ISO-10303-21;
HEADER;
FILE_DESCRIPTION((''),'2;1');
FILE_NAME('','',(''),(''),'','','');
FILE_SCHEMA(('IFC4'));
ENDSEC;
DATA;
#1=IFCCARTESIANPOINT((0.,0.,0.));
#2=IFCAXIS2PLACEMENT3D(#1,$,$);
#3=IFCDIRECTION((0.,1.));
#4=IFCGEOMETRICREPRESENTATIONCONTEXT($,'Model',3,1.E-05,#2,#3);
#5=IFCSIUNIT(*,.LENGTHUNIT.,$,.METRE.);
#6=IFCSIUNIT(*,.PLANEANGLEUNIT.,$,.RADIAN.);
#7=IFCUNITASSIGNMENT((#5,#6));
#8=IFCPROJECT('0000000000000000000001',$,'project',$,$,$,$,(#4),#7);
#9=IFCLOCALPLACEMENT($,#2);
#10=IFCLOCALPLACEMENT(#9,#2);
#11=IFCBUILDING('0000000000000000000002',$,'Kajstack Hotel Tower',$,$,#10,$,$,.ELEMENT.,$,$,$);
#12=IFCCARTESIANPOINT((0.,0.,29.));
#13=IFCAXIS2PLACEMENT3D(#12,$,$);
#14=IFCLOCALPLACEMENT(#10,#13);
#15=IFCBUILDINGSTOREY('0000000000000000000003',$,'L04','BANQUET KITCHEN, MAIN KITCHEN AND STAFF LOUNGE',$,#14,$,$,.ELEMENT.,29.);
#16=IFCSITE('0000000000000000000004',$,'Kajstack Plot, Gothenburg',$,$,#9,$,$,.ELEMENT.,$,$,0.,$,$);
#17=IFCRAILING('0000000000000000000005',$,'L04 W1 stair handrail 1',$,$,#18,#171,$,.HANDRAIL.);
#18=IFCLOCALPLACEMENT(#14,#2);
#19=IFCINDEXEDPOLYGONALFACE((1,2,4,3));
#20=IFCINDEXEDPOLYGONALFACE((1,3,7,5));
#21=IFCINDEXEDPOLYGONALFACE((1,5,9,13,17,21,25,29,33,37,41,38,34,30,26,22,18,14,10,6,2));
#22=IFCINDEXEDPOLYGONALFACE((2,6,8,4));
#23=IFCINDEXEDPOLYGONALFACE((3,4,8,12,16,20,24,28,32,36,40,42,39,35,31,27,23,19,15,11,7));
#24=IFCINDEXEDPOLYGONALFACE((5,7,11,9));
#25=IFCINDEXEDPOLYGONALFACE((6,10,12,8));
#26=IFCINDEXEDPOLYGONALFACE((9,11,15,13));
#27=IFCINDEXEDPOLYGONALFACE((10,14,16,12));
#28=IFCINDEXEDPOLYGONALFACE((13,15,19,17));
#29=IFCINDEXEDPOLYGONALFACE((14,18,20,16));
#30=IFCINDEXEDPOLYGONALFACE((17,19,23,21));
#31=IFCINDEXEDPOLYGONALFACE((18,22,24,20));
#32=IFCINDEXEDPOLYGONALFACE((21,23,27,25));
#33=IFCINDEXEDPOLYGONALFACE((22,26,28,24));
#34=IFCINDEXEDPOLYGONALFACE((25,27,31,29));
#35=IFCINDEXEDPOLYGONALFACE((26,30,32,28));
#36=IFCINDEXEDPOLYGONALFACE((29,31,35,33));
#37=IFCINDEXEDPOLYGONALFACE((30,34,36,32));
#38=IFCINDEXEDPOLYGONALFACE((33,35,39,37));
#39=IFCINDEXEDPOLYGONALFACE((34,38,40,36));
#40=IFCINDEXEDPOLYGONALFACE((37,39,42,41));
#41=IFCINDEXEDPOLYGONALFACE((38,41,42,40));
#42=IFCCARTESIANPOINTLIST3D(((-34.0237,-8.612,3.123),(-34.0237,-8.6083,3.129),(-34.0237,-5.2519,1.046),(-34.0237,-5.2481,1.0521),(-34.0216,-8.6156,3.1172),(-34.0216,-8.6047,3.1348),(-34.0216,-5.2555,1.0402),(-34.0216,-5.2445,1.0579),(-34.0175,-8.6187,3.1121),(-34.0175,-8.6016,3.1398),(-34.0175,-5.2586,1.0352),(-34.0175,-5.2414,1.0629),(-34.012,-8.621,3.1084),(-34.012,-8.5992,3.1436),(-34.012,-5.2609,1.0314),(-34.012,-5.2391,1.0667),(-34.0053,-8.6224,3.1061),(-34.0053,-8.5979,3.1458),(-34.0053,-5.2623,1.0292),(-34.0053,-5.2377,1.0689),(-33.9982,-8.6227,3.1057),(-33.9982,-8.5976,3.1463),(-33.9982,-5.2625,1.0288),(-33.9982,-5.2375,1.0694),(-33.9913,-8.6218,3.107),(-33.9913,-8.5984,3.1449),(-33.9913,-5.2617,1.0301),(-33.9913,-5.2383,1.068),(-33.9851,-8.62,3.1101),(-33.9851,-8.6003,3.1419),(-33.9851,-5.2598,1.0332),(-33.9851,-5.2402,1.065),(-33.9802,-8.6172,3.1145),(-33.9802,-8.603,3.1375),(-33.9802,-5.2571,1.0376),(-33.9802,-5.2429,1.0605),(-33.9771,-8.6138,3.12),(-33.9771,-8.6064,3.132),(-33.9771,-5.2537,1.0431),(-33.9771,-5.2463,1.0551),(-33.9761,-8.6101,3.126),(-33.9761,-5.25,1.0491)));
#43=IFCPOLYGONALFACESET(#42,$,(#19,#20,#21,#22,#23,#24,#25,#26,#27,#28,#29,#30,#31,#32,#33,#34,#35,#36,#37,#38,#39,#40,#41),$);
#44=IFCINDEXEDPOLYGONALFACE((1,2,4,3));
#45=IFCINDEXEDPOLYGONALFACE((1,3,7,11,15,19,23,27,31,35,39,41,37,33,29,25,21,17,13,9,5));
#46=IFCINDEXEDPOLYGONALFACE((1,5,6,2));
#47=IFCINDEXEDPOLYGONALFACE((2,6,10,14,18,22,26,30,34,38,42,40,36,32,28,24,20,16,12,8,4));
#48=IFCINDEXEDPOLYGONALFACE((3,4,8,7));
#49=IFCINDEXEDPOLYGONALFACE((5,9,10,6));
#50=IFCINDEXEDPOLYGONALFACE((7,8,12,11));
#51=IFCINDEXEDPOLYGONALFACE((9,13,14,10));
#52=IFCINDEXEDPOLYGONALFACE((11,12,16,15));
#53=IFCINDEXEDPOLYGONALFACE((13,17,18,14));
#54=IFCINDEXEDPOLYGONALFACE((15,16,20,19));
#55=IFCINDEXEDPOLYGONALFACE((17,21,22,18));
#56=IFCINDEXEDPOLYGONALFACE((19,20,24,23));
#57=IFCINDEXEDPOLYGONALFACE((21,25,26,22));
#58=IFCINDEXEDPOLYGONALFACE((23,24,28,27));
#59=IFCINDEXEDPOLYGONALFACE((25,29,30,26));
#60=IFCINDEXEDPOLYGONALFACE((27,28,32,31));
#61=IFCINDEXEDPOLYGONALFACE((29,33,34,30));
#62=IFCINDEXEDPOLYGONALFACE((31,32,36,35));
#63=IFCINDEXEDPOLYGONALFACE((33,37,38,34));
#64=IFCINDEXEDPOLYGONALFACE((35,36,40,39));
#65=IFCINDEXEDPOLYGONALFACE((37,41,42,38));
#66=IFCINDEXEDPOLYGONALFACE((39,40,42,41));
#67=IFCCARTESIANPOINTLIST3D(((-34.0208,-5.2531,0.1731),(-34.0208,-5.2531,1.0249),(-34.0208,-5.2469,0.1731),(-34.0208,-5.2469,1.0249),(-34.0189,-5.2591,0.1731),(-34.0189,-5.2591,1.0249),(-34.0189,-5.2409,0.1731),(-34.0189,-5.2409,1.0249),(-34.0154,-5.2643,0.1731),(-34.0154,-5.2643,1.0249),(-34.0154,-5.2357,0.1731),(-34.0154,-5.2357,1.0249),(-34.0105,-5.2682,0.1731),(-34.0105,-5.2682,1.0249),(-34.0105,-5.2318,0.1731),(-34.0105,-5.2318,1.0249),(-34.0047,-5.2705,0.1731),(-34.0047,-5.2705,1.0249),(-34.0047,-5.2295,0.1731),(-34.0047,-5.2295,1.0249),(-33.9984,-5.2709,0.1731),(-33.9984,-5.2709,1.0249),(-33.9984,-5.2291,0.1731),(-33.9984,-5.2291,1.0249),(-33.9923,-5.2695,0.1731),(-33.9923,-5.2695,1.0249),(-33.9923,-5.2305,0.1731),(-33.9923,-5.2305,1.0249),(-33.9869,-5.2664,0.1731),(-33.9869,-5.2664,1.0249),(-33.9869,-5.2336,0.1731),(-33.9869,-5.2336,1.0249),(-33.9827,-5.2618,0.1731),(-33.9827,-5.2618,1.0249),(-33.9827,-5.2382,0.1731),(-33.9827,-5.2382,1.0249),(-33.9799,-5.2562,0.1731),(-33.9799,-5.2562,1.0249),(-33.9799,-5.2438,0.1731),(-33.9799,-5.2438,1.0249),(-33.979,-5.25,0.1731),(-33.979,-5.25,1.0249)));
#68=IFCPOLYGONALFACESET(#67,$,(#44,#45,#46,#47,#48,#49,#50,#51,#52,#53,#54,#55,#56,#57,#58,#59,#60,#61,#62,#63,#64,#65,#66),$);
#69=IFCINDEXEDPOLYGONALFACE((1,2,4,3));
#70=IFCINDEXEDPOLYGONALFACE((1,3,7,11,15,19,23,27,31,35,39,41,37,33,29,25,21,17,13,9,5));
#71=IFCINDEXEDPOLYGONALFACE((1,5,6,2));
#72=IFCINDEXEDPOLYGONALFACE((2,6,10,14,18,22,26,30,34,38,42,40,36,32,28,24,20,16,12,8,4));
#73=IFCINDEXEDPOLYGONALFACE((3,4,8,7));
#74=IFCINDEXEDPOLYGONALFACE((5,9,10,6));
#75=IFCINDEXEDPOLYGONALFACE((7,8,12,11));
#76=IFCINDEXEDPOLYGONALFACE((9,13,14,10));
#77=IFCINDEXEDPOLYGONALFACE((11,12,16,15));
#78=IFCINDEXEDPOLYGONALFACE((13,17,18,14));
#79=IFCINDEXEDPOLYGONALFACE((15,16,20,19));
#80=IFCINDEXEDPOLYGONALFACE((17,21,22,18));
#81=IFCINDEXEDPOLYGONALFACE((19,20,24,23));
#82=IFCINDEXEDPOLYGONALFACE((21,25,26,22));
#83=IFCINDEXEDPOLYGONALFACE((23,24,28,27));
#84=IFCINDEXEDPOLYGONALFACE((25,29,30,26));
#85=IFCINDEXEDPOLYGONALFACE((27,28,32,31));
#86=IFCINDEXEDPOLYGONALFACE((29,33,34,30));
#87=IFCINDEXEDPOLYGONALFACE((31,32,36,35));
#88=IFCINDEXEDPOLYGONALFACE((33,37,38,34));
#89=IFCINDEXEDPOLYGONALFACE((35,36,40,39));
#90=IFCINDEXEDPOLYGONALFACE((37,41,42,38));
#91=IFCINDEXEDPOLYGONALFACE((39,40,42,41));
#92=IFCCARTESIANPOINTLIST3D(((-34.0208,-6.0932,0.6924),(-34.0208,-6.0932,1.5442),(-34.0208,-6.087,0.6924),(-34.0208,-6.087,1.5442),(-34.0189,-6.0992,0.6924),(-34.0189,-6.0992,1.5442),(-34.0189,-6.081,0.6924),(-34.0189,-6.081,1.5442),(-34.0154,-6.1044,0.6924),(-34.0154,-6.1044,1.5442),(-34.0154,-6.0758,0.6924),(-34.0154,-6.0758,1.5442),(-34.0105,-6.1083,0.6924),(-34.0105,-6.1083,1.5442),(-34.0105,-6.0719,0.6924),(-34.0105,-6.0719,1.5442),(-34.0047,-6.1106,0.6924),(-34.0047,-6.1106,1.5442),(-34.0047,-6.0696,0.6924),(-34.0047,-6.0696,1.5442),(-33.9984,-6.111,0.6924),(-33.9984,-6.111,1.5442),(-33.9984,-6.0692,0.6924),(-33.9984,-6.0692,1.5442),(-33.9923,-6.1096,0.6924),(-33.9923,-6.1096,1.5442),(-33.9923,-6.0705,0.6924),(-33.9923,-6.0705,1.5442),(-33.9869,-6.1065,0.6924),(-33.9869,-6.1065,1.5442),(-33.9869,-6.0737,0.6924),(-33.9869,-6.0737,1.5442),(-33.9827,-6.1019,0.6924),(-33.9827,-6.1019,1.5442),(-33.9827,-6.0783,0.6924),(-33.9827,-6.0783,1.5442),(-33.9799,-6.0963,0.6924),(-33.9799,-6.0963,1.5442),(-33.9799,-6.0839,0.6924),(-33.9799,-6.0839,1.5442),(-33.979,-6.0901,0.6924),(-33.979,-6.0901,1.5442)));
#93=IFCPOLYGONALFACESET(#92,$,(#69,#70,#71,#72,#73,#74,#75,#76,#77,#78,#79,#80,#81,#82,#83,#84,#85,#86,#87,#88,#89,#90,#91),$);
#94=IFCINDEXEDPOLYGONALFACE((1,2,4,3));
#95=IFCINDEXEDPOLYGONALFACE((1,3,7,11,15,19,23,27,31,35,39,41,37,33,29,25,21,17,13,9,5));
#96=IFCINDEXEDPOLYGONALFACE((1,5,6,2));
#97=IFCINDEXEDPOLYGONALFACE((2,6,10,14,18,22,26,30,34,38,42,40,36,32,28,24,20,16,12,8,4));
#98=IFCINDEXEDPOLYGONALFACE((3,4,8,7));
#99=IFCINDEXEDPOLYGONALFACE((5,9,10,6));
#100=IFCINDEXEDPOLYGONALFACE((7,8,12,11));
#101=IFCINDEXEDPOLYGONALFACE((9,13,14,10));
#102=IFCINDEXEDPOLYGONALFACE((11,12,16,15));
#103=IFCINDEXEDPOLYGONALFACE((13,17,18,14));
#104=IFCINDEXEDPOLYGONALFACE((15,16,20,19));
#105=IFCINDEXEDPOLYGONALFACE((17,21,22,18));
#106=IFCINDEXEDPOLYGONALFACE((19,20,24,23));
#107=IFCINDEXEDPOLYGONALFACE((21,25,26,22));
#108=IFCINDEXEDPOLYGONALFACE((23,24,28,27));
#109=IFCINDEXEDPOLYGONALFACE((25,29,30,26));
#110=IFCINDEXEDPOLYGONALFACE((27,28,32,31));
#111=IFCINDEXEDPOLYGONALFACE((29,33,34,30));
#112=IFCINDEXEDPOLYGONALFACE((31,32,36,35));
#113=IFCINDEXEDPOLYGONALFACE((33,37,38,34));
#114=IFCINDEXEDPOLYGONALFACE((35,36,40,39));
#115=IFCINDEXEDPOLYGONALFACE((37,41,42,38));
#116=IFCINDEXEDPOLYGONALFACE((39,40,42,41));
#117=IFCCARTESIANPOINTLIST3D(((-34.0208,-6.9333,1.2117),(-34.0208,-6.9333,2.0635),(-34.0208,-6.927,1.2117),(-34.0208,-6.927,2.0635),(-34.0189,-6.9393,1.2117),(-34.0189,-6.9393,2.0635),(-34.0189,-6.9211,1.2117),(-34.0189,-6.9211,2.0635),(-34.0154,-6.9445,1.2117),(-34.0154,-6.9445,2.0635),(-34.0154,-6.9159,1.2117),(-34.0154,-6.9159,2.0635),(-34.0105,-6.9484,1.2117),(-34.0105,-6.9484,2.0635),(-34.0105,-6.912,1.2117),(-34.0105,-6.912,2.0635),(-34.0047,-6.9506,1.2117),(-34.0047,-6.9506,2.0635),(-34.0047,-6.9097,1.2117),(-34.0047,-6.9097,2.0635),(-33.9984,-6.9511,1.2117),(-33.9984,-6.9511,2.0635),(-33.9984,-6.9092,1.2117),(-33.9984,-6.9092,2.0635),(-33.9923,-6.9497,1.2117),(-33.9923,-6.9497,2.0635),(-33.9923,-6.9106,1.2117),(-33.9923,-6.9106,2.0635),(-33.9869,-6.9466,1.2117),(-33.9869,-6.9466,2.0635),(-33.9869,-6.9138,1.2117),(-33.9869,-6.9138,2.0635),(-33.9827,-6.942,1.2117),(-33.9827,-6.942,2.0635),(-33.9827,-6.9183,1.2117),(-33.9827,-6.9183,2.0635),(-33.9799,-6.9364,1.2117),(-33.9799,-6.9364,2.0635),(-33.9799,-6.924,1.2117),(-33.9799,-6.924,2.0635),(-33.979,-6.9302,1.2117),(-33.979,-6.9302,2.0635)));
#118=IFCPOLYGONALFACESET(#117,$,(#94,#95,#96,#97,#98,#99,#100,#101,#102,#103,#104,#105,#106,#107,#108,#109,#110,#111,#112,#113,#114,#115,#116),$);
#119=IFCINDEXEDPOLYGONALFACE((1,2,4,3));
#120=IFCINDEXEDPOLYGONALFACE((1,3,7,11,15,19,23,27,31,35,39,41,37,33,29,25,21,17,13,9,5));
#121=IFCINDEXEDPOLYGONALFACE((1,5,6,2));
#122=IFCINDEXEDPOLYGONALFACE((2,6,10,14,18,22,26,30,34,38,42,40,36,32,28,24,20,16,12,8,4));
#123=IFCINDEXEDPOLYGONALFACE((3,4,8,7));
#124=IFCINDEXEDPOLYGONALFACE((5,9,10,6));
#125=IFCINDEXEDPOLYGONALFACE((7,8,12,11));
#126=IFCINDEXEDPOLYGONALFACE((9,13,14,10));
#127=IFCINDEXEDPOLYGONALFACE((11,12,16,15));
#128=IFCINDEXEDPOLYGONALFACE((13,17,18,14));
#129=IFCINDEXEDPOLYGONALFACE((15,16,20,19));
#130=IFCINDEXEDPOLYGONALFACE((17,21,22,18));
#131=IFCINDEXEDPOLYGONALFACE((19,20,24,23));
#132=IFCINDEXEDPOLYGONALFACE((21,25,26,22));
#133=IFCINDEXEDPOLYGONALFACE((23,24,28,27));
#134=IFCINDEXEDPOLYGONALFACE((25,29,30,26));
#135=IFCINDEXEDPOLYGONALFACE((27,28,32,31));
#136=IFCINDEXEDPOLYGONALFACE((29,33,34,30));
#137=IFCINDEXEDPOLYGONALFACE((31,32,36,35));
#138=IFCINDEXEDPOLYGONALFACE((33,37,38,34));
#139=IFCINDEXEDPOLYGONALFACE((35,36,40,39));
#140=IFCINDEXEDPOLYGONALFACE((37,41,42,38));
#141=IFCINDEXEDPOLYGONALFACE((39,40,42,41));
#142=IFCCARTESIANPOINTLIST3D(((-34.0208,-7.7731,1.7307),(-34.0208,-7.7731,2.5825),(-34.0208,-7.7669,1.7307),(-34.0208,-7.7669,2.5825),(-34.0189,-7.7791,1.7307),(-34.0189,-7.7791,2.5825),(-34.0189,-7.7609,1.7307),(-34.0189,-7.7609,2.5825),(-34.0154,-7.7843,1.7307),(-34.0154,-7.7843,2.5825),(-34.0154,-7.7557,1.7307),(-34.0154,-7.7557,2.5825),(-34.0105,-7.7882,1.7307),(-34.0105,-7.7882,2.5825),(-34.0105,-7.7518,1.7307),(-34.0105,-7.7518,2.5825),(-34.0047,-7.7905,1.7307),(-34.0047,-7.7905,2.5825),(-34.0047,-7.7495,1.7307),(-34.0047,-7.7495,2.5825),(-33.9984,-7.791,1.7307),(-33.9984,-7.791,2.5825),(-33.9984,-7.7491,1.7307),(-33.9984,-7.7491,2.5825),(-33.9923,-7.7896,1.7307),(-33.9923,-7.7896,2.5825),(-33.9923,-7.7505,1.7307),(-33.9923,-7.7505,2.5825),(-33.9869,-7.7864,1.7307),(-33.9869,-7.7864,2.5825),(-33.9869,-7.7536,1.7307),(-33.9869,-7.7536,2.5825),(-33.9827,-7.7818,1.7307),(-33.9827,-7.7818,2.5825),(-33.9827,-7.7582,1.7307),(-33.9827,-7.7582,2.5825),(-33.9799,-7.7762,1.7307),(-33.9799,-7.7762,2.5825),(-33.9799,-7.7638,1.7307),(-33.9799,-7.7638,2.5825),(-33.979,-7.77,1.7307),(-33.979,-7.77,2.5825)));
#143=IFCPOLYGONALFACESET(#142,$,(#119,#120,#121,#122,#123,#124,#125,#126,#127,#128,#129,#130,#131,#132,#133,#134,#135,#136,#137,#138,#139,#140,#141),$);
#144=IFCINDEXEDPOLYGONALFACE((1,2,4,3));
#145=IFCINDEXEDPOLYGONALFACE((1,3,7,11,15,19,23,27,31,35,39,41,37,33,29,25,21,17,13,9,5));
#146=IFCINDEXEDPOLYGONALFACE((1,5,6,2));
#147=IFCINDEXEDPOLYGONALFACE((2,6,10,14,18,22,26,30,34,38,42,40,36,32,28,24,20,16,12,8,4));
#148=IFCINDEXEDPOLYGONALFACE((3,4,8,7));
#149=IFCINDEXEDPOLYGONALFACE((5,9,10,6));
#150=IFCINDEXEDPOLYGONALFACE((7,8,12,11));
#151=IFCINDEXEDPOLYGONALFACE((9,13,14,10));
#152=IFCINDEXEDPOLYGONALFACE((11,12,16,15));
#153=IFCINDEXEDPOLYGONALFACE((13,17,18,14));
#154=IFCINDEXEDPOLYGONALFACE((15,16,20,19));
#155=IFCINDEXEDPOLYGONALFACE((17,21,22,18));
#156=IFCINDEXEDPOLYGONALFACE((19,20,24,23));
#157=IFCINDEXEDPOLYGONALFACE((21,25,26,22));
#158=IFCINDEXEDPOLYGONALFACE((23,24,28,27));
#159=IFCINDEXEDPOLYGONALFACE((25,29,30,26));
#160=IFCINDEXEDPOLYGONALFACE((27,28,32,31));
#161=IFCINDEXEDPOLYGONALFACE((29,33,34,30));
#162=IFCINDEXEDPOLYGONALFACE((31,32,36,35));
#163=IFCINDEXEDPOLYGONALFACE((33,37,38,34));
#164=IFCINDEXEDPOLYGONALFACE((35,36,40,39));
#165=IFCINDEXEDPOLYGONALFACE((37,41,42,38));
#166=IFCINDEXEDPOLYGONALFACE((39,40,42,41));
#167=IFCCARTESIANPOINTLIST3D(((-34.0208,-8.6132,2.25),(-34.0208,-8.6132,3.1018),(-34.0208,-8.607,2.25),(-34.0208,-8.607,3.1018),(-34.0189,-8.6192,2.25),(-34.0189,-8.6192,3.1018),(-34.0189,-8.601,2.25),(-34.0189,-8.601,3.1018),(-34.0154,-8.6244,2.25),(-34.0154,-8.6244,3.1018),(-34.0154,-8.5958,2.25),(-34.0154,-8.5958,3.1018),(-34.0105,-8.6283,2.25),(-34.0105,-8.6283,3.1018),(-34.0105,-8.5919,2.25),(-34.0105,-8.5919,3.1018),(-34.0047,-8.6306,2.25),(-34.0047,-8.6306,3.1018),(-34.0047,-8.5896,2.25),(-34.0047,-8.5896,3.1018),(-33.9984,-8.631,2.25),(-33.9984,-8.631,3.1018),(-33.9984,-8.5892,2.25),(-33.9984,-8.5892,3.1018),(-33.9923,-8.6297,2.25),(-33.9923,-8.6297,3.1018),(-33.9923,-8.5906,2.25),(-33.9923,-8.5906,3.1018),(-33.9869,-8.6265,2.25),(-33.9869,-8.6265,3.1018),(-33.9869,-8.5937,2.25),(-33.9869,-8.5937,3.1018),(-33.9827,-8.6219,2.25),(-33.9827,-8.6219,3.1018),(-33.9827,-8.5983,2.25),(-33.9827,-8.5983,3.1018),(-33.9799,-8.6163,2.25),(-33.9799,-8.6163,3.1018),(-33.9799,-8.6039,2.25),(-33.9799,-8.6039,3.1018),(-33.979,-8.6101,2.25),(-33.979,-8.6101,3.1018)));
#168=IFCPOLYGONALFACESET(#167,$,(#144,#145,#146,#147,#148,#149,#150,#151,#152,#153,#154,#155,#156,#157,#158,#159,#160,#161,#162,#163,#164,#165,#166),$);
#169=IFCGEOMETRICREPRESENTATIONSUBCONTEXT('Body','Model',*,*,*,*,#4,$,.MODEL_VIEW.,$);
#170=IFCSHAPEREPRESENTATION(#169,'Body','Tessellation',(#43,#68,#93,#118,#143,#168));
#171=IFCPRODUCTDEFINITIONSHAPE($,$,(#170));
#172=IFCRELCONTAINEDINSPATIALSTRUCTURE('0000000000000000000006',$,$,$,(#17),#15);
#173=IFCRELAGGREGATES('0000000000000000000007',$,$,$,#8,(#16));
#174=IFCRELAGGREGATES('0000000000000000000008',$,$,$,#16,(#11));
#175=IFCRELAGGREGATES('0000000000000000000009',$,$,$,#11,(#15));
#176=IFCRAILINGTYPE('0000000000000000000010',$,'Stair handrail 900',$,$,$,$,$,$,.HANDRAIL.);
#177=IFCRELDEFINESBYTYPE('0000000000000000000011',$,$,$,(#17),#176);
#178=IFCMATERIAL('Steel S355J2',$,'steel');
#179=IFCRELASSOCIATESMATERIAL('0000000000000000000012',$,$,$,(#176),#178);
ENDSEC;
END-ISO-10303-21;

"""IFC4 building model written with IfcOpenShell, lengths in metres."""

from ifc_helpers import new_model, si_unit, direction, frame, origin, origin_2d, place, context, subcontext, project, spatial, circle, extrude, material, type_object, element, save


model = new_model("IFC4")

# Units and contexts
model_context = context("Model", 3, precision=1e-05, world=origin(), true_north=direction((0.0, 1.0)))
body_context = subcontext(model_context, "Body", "Model", "MODEL_VIEW")
ifc_project = project(units=[si_unit("LENGTHUNIT", "METRE"), si_unit("PLANEANGLEUNIT", "RADIAN")], contexts=[model_context])

# Site, building, storey
site_placement = place(None, origin())
site = spatial("IfcSite", under=ifc_project, at=site_placement, Name="Kajstack Plot, Gothenburg", CompositionType="ELEMENT", RefElevation=0.0)
building_placement = place(site_placement, origin())
building = spatial("IfcBuilding", under=site, at=building_placement, Name="Kajstack Hotel Tower", CompositionType="ELEMENT")
storey_placement = place(building_placement, frame((0.0, 0.0, 29.0)))
storey = spatial("IfcBuildingStorey", under=building, at=storey_placement, Name="L04", Description="BANQUET KITCHEN, MAIN KITCHEN AND STAFF LOUNGE", CompositionType="ELEMENT", Elevation=29.0)

# Railing
ifc_material_1 = material(Name="Steel S355J2", Category="steel")
railing_type_1 = type_object("IfcRailingType", Name="Stair handrail 900", PredefinedType="HANDRAIL", material=ifc_material_1)
railing_1_placement = place(storey_placement, frame((-34.0, -5.25, 0.1731)))
element("IfcRailing", 1, at=railing_1_placement, inside=storey, type_object=railing_type_1, Name="L04 W1 stair handrail 1", PredefinedType="HANDRAIL", context=body_context, shape_type="SweptSolid", body=[
    extrude(circle(Radius=0.0239, at=origin_2d()), frame((0.0, 0.0, 0.876), z_axis=(0.0, -0.850623, 0.525776), x_axis=(1.0, 0.0, 0.0)), (0.0, 0.0, 1.0), 3.9502),
    extrude(circle(Radius=0.021, at=origin_2d()), origin(), (0.0, 0.0, 1.0), 0.8518),
    extrude(circle(Radius=0.021, at=origin_2d()), frame((0.0, -0.8401, 0.5193)), (0.0, 0.0, 1.0), 0.8518),
    extrude(circle(Radius=0.021, at=origin_2d()), frame((0.0, -1.6802, 1.0386)), (0.0, 0.0, 1.0), 0.8518),
    extrude(circle(Radius=0.021, at=origin_2d()), frame((0.0, -2.52, 1.5576)), (0.0, 0.0, 1.0), 0.8518),
    extrude(circle(Radius=0.021, at=origin_2d()), frame((0.0, -3.3601, 2.0769)), (0.0, 0.0, 1.0), 0.8518),
])

save(model, "model.ifc")
